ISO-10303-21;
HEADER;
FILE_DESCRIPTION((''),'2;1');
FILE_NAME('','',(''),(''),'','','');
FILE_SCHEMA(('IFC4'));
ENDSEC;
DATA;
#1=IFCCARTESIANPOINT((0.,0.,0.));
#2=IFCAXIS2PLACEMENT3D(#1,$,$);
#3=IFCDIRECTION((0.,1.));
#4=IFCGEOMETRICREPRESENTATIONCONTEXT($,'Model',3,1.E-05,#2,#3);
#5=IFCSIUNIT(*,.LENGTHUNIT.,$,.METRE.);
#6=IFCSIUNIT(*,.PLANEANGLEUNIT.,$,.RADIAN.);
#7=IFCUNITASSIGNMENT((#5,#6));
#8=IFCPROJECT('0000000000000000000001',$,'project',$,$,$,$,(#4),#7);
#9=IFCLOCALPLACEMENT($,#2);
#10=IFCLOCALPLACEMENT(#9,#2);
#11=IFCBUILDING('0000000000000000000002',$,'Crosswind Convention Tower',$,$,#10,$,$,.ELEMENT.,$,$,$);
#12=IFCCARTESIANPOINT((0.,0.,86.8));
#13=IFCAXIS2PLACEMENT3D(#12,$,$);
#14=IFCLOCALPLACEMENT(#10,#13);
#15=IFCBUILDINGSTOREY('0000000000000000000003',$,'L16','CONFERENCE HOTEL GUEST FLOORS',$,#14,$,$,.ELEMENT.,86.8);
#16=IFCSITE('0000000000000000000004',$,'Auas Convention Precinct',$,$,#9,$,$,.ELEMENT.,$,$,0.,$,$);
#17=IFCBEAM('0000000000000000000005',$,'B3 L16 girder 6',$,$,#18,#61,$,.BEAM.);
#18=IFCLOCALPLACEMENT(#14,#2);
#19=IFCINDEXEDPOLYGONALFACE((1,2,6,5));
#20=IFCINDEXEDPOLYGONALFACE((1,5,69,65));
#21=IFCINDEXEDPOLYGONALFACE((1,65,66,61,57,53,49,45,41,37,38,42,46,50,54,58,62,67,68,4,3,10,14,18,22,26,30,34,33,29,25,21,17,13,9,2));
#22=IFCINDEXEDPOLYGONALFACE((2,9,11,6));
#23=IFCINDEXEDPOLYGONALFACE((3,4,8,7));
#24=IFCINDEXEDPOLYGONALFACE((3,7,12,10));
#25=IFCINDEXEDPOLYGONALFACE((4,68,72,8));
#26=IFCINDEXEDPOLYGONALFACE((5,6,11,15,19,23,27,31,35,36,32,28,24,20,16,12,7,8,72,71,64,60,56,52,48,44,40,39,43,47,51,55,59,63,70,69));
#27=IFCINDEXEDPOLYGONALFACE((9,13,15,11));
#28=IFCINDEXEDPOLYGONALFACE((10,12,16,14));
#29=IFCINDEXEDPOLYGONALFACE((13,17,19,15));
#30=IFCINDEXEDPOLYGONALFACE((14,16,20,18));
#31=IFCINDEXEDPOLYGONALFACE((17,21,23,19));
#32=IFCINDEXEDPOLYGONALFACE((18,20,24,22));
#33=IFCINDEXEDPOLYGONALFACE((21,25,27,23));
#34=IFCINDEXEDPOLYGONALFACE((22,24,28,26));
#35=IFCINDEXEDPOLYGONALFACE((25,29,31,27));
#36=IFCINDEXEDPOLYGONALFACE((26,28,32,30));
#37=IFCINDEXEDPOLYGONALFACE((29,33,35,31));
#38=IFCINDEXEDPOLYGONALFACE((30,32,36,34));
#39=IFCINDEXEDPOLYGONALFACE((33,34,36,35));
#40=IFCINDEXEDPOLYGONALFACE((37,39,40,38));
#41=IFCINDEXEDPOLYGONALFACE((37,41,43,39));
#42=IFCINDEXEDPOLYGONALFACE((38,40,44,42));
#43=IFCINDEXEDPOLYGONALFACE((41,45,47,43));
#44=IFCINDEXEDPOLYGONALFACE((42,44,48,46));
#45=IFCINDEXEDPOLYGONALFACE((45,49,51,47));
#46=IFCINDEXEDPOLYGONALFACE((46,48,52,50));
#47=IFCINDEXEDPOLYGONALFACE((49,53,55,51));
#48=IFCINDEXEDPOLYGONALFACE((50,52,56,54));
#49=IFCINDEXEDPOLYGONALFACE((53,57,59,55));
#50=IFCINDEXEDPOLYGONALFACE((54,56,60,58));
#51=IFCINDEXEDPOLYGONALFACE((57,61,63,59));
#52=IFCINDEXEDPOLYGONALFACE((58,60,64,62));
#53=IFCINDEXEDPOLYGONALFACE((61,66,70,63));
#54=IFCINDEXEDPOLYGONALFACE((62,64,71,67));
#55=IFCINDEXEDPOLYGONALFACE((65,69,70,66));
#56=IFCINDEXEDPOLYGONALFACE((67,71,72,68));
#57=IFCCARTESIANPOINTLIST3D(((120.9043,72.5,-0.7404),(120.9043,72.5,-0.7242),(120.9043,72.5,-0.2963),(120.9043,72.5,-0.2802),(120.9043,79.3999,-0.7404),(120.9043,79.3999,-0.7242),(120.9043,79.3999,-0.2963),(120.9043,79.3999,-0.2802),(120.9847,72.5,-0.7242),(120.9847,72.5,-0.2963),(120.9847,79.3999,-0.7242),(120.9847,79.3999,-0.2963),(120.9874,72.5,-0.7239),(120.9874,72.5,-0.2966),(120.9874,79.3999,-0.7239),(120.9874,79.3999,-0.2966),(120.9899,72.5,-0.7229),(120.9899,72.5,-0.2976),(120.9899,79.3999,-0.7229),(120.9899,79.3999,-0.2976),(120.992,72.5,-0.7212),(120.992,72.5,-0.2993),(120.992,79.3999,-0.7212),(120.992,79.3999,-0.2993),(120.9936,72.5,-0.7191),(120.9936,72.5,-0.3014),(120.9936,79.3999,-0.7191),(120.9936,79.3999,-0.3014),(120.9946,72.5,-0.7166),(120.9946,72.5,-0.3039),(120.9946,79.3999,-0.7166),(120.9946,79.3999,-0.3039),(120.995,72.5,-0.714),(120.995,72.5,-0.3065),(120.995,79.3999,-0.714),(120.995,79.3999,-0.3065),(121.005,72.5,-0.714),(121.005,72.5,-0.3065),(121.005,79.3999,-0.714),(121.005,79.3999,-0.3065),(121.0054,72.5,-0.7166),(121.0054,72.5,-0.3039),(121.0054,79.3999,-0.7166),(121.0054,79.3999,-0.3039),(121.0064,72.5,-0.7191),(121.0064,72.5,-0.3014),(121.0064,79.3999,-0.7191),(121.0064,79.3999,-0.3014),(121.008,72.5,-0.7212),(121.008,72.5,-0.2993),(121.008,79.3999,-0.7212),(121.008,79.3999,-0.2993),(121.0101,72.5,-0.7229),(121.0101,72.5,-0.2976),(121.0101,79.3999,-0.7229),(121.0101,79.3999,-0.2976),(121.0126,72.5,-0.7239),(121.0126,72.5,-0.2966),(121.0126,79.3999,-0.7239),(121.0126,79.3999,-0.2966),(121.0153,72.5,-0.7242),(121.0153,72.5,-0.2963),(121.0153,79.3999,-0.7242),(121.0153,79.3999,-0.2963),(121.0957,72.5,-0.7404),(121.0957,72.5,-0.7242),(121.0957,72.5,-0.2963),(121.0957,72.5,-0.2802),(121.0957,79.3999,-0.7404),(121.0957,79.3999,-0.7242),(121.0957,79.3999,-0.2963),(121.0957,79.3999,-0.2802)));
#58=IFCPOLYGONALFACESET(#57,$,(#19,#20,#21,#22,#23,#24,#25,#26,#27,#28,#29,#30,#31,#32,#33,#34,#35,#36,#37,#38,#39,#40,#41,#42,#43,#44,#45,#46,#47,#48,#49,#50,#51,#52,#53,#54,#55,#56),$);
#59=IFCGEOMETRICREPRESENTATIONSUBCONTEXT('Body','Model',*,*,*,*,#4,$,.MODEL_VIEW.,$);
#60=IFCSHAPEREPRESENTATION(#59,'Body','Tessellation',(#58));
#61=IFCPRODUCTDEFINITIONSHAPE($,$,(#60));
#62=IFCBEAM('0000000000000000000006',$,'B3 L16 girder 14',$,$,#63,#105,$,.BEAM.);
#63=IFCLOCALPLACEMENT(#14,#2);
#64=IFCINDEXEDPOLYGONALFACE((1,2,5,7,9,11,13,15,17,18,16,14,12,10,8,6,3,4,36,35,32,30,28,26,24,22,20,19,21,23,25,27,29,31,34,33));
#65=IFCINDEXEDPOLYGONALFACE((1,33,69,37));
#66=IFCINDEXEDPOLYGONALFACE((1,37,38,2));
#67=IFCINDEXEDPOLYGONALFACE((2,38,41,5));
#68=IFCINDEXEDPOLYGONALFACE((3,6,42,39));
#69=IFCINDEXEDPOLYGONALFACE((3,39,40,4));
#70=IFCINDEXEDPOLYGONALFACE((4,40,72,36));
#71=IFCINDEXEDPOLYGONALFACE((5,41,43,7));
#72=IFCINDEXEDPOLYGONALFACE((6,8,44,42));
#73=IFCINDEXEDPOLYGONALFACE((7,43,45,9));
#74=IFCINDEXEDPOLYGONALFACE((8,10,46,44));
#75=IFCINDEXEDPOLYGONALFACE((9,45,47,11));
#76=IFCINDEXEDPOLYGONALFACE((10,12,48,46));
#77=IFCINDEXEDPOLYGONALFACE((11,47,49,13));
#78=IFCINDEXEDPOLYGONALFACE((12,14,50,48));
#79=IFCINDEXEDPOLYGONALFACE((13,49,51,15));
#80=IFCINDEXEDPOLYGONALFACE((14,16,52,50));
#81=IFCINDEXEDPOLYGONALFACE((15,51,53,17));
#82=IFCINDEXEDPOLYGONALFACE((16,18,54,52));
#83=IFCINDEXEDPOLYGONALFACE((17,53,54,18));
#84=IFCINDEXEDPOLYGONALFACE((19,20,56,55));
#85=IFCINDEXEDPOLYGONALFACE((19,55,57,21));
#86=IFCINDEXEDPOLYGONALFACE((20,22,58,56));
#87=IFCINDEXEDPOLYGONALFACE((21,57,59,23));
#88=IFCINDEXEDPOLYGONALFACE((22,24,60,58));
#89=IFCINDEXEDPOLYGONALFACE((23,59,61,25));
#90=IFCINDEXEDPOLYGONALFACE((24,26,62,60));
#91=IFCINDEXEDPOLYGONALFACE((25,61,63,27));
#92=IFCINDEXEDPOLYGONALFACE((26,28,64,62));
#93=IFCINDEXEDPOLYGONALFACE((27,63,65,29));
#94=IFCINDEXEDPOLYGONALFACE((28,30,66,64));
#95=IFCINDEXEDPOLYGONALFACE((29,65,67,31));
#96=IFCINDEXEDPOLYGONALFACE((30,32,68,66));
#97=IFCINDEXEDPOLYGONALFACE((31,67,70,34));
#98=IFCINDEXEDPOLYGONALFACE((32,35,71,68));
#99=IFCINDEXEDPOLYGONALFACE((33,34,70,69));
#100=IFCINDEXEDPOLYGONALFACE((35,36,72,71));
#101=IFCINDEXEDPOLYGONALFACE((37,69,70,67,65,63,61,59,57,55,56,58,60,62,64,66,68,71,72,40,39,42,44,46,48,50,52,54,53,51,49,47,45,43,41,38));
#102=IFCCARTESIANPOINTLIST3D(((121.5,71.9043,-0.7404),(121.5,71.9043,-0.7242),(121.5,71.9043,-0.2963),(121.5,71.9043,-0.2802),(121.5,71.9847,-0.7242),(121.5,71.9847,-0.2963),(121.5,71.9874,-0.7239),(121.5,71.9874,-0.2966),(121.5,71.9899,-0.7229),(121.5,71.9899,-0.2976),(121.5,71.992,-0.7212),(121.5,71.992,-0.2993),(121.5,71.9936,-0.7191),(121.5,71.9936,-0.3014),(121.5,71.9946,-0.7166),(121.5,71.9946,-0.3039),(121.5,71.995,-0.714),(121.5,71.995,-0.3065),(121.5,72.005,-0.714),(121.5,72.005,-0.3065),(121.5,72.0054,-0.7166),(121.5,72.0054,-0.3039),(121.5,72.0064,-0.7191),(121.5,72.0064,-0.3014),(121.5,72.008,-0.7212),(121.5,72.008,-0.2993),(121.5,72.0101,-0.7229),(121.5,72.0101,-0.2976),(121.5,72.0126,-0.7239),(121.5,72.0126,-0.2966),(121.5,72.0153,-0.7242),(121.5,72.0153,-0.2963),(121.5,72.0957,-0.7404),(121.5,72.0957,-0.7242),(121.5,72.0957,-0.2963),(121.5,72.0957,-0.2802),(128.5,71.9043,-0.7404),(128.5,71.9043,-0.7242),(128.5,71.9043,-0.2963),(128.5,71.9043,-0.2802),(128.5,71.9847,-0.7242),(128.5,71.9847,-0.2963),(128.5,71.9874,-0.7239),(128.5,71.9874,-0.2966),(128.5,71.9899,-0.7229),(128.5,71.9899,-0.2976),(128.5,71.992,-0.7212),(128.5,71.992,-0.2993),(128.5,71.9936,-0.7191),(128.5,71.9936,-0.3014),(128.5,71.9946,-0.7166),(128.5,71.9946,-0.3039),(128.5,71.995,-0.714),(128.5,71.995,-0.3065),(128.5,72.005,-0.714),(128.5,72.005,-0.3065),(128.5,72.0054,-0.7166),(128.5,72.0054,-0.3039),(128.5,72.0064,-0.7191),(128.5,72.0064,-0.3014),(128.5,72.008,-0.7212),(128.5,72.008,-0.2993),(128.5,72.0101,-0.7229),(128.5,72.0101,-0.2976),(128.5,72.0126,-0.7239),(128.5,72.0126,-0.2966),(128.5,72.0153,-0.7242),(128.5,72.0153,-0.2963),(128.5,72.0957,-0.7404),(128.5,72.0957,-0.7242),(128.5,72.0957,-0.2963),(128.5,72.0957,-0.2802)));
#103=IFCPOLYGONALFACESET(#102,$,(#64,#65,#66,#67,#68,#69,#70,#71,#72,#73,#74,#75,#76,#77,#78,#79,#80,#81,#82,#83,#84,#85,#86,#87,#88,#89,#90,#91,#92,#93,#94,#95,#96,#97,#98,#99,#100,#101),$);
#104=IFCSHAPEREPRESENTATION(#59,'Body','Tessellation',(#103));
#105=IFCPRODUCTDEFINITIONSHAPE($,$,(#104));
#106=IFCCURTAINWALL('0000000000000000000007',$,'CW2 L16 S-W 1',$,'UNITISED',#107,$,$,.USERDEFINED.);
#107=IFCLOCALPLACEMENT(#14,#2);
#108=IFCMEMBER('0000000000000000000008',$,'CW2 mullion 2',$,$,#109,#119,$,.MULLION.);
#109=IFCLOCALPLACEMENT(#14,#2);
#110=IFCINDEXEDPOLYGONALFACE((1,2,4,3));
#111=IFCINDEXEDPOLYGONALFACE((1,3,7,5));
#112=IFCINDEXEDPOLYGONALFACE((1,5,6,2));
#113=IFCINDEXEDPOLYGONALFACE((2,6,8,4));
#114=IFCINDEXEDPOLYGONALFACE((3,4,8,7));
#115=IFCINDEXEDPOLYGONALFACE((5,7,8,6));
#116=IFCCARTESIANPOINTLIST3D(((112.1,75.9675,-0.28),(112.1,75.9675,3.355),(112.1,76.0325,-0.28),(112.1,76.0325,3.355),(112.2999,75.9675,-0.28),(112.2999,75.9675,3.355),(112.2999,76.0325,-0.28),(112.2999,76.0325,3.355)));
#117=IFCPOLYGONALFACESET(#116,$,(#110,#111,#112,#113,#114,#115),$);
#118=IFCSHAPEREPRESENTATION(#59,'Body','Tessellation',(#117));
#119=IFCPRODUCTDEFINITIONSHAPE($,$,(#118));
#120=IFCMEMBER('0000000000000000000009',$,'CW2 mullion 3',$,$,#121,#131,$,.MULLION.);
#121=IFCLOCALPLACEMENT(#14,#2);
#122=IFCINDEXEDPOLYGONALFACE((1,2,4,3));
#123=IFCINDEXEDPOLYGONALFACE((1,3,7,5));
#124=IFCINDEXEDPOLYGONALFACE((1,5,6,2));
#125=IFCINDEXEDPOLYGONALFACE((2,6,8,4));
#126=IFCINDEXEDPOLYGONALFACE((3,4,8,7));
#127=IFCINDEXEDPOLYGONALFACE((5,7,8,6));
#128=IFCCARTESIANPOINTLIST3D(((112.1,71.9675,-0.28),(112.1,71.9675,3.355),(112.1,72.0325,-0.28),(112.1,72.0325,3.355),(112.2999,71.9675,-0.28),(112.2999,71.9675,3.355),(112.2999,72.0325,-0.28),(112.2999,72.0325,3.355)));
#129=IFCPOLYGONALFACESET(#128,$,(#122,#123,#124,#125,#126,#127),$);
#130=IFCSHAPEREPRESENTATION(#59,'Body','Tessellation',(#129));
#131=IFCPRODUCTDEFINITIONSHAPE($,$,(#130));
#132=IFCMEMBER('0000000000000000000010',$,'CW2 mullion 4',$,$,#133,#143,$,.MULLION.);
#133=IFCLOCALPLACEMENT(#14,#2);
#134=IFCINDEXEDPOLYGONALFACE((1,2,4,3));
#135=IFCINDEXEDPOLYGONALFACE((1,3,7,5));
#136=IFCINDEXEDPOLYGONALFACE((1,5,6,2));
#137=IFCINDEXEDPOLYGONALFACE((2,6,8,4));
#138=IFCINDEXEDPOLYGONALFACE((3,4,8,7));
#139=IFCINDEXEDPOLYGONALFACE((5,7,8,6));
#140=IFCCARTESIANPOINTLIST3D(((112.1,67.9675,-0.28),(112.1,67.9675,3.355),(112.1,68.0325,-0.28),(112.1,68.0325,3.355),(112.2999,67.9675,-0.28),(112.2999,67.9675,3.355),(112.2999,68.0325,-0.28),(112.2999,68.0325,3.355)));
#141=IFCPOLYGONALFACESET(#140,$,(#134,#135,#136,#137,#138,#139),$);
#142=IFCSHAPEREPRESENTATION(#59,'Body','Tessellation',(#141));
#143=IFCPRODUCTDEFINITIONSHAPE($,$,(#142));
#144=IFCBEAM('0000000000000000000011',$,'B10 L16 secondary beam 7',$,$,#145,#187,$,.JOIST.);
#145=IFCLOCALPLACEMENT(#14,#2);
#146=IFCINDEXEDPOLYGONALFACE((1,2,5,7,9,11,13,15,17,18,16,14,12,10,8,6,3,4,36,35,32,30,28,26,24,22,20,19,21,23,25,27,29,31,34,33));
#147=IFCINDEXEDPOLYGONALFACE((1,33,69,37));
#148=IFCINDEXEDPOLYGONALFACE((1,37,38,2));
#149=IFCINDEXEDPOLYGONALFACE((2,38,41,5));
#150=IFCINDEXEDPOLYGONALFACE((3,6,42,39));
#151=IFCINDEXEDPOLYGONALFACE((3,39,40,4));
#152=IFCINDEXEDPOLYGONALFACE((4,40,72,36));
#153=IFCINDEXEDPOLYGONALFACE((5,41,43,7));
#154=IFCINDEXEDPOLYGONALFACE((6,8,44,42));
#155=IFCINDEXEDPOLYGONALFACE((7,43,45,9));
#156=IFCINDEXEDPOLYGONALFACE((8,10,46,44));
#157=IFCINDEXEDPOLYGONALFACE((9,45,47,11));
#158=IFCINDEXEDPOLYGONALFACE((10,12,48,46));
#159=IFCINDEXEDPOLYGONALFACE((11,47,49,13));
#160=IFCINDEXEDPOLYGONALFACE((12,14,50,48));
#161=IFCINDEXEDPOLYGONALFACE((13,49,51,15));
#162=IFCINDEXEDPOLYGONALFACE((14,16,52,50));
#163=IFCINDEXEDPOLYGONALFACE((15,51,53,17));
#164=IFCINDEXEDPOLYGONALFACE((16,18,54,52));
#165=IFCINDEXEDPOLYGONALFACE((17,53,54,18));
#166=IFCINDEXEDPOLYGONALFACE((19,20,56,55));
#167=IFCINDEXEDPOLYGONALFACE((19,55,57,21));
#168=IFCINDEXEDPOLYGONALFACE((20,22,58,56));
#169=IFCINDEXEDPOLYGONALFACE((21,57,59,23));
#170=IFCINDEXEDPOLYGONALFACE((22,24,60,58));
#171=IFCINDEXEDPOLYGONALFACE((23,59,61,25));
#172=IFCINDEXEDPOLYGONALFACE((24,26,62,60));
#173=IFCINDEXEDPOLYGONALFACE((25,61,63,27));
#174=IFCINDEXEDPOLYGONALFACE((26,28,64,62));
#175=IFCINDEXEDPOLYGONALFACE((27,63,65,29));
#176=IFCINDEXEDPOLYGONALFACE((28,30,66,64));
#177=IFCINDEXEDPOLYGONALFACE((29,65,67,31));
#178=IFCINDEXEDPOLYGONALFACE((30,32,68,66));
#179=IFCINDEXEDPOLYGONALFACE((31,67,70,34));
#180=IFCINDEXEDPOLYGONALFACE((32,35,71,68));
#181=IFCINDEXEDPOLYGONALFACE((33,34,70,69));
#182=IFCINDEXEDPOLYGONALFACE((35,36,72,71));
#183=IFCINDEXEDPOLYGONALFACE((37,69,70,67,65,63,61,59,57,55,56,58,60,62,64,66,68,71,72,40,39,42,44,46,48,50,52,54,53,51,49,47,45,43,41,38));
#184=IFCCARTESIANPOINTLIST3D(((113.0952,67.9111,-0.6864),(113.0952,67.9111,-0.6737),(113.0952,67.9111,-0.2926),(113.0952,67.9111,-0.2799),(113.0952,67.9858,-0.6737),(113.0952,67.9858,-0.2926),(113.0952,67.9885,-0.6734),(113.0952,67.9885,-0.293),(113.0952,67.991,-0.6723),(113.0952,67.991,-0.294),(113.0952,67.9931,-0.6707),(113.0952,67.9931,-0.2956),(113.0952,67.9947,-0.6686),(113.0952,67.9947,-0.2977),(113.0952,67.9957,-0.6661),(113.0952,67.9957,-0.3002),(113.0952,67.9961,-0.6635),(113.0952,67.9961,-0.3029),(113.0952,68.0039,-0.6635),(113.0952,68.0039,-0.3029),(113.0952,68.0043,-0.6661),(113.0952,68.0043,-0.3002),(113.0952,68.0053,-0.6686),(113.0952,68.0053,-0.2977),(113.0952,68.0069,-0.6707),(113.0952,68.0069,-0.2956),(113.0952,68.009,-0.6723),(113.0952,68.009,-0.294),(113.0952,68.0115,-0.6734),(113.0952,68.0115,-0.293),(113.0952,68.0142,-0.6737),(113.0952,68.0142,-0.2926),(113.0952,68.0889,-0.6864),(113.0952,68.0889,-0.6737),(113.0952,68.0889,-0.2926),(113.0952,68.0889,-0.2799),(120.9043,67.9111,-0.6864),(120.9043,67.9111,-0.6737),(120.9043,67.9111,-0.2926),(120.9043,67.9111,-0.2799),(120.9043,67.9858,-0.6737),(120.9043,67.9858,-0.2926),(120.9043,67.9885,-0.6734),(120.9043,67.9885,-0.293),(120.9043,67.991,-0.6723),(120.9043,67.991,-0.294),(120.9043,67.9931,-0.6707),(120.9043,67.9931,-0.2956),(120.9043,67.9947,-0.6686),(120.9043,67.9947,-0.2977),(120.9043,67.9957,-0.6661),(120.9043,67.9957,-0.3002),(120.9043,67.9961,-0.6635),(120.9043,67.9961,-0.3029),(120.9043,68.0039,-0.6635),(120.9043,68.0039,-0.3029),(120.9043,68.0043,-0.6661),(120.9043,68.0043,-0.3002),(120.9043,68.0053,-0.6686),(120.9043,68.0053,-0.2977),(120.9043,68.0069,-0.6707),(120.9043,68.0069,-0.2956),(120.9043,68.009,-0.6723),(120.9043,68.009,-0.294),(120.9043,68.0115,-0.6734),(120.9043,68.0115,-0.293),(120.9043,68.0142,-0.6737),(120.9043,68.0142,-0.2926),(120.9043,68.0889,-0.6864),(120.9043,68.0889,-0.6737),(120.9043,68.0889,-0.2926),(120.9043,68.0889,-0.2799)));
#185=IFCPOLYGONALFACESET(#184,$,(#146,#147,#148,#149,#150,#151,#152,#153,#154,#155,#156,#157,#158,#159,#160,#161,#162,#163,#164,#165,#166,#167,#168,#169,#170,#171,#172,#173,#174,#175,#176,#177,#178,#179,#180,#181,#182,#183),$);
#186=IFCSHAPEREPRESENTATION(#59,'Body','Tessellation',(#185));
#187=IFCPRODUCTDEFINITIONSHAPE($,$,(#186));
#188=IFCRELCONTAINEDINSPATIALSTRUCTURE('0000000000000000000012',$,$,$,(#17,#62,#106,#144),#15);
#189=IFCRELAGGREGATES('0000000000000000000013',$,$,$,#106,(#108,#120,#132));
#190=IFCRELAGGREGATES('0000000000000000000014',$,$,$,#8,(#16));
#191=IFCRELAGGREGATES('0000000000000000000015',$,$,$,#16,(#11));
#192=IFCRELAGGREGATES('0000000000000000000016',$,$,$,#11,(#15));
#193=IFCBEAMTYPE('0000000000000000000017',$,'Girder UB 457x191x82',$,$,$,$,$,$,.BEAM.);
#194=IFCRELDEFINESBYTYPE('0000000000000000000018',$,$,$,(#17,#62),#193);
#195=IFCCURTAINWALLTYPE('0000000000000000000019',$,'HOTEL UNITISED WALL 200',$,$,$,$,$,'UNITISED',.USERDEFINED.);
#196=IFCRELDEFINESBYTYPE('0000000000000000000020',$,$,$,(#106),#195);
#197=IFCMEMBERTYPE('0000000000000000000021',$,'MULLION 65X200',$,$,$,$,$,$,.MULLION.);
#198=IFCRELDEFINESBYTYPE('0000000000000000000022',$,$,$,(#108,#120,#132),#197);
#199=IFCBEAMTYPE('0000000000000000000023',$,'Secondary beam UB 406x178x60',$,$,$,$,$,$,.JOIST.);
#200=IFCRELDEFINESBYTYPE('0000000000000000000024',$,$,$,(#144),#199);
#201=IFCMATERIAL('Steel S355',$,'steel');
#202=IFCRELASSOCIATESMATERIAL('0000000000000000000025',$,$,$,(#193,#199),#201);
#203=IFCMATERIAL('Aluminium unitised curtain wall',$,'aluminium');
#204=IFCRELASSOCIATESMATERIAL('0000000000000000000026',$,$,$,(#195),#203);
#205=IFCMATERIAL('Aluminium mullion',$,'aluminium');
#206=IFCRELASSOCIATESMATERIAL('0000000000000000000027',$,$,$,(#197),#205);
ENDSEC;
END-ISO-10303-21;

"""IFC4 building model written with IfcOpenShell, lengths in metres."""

from ifc_helpers import new_model, si_unit, direction, frame, origin, origin_2d, place, context, subcontext, project, spatial, rectangle, i_section, extrude, material, material_profile, profile_set, type_object, element, aggregate, save


model = new_model("IFC4")

# Units and contexts
model_context = context("Model", 3, precision=1e-05, world=origin(), true_north=direction((0.0, 1.0)))
body_context = subcontext(model_context, "Body", "Model", "MODEL_VIEW")
ifc_project = project(units=[si_unit("LENGTHUNIT", "METRE"), si_unit("PLANEANGLEUNIT", "RADIAN")], contexts=[model_context])

# Site, building, storey
site_placement = place(None, origin())
site = spatial("IfcSite", under=ifc_project, at=site_placement, Name="Auas Convention Precinct", CompositionType="ELEMENT", RefElevation=0.0)
building_placement = place(site_placement, origin())
building = spatial("IfcBuilding", under=site, at=building_placement, Name="Crosswind Convention Tower", CompositionType="ELEMENT")
storey_placement = place(building_placement, frame((0.0, 0.0, 86.8)))
storey = spatial("IfcBuildingStorey", under=building, at=storey_placement, Name="L16", Description="CONFERENCE HOTEL GUEST FLOORS", CompositionType="ELEMENT", Elevation=86.8)

# Beams
ifc_material_1 = material(Name="Steel S355", Category="steel")
ifc_material_profile_1 = material_profile(ifc_material_1, i_section(OverallWidth=0.1914, OverallDepth=0.4602, WebThickness=0.01, FlangeThickness=0.0161, FilletRadius=0.0103, at=origin_2d()), Name="UB 457x191x82")
ifc_profile_set_1 = profile_set([ifc_material_profile_1], Name="Steel S355")
beam_type_1 = type_object("IfcBeamType", Name="Girder UB 457x191x82", PredefinedType="BEAM", material=ifc_profile_set_1)
beam_1_placement = place(storey_placement, frame((121.0, 72.5, -0.5103), z_axis=(0.0, 1.0, 0.0), x_axis=(-1.0, 0.0, 0.0)))
element("IfcBeam", 1, at=beam_1_placement, inside=storey, type_object=beam_type_1, Name="B3 L16 girder 6", PredefinedType="BEAM", context=body_context, shape_type="SweptSolid", body=[
    extrude(i_section(OverallWidth=0.1914, OverallDepth=0.4602, WebThickness=0.01, FlangeThickness=0.0161, FilletRadius=0.0103, at=origin_2d()), origin(), (0.0, 0.0, 1.0), 6.8999),
])
beam_2_placement = place(storey_placement, frame((121.5, 72.0, -0.5103), z_axis=(1.0, 0.0, 0.0), x_axis=(0.0, 1.0, 0.0)))
element("IfcBeam", 2, at=beam_2_placement, inside=storey, type_object=beam_type_1, Name="B3 L16 girder 14", PredefinedType="BEAM", context=body_context, shape_type="SweptSolid", body=[
    extrude(i_section(OverallWidth=0.1914, OverallDepth=0.4602, WebThickness=0.01, FlangeThickness=0.0161, FilletRadius=0.0103, at=origin_2d()), origin(), (0.0, 0.0, 1.0), 7.0),
])

# Curtain wall, members
ifc_material_2 = material(Name="Aluminium unitised curtain wall", Category="aluminium")
curtain_wall_type = type_object("IfcCurtainWallType", Name="HOTEL UNITISED WALL 200", ElementType="UNITISED", PredefinedType="USERDEFINED", material=ifc_material_2)
curtain_wall_placement = place(storey_placement, origin())
curtain_wall = element("IfcCurtainWall", 3, at=curtain_wall_placement, inside=storey, type_object=curtain_wall_type, Name="CW2 L16 S-W 1", ObjectType="UNITISED", PredefinedType="USERDEFINED")
ifc_material_3 = material(Name="Aluminium mullion", Category="aluminium")
ifc_material_profile_2 = material_profile(ifc_material_3, rectangle(XDim=0.2, YDim=0.0649, at=origin_2d()), Name="AL 200X65")
ifc_profile_set_2 = profile_set([ifc_material_profile_2], Name="Aluminium mullion")
member_type = type_object("IfcMemberType", Name="MULLION 65X200", PredefinedType="MULLION", material=ifc_profile_set_2)
member_1_placement = place(storey_placement, frame((112.2, 76.0, -0.28), z_axis=(0.0, 0.0, 1.0), x_axis=(-1.0, 0.0, 0.0)))
member_1 = element("IfcMember", 4, at=member_1_placement, type_object=member_type, Name="CW2 mullion 2", PredefinedType="MULLION", context=body_context, shape_type="SweptSolid", body=[
    extrude(rectangle(XDim=0.2, YDim=0.0649, at=origin_2d()), origin(), (0.0, 0.0, 1.0), 3.635),
])
member_2_placement = place(storey_placement, frame((112.2, 72.0, -0.28), z_axis=(0.0, 0.0, 1.0), x_axis=(-1.0, 0.0, 0.0)))
member_2 = element("IfcMember", 5, at=member_2_placement, type_object=member_type, Name="CW2 mullion 3", PredefinedType="MULLION", context=body_context, shape_type="SweptSolid", body=[
    extrude(rectangle(XDim=0.2, YDim=0.0649, at=origin_2d()), origin(), (0.0, 0.0, 1.0), 3.635),
])
member_3_placement = place(storey_placement, frame((112.2, 68.0, -0.28), z_axis=(0.0, 0.0, 1.0), x_axis=(-1.0, 0.0, 0.0)))
member_3 = element("IfcMember", 6, at=member_3_placement, type_object=member_type, Name="CW2 mullion 4", PredefinedType="MULLION", context=body_context, shape_type="SweptSolid", body=[
    extrude(rectangle(XDim=0.2, YDim=0.0649, at=origin_2d()), origin(), (0.0, 0.0, 1.0), 3.635),
])
aggregate(curtain_wall, [member_1, member_2, member_3])

# Beam
ifc_material_profile_3 = material_profile(ifc_material_1, i_section(OverallWidth=0.1777, OverallDepth=0.4065, WebThickness=0.0078, FlangeThickness=0.0127, FilletRadius=0.0103, at=origin_2d()), Name="UB 406x178x60")
ifc_profile_set_3 = profile_set([ifc_material_profile_3], Name="Steel S355")
beam_type_2 = type_object("IfcBeamType", Name="Secondary beam UB 406x178x60", PredefinedType="JOIST", material=ifc_profile_set_3)
for number, where, z_axis, x_axis, name in (
    (7, (113.0952, 68.0, -0.4832), (1.0, 0.0, 0.0), (0.0, 1.0, 0.0), "B10 L16 secondary beam 7"),
):
    element("IfcBeam", number, at=place(storey_placement, frame(where, z_axis=z_axis, x_axis=x_axis)), inside=storey, type_object=beam_type_2, Name=name, PredefinedType="JOIST", context=body_context, shape_type="SweptSolid", body=[
        extrude(i_section(OverallWidth=0.1777, OverallDepth=0.4065, WebThickness=0.0078, FlangeThickness=0.0127, FilletRadius=0.0103, at=origin_2d()), origin(), (0.0, 0.0, 1.0), 7.8091),
    ])

save(model, "model.ifc")
